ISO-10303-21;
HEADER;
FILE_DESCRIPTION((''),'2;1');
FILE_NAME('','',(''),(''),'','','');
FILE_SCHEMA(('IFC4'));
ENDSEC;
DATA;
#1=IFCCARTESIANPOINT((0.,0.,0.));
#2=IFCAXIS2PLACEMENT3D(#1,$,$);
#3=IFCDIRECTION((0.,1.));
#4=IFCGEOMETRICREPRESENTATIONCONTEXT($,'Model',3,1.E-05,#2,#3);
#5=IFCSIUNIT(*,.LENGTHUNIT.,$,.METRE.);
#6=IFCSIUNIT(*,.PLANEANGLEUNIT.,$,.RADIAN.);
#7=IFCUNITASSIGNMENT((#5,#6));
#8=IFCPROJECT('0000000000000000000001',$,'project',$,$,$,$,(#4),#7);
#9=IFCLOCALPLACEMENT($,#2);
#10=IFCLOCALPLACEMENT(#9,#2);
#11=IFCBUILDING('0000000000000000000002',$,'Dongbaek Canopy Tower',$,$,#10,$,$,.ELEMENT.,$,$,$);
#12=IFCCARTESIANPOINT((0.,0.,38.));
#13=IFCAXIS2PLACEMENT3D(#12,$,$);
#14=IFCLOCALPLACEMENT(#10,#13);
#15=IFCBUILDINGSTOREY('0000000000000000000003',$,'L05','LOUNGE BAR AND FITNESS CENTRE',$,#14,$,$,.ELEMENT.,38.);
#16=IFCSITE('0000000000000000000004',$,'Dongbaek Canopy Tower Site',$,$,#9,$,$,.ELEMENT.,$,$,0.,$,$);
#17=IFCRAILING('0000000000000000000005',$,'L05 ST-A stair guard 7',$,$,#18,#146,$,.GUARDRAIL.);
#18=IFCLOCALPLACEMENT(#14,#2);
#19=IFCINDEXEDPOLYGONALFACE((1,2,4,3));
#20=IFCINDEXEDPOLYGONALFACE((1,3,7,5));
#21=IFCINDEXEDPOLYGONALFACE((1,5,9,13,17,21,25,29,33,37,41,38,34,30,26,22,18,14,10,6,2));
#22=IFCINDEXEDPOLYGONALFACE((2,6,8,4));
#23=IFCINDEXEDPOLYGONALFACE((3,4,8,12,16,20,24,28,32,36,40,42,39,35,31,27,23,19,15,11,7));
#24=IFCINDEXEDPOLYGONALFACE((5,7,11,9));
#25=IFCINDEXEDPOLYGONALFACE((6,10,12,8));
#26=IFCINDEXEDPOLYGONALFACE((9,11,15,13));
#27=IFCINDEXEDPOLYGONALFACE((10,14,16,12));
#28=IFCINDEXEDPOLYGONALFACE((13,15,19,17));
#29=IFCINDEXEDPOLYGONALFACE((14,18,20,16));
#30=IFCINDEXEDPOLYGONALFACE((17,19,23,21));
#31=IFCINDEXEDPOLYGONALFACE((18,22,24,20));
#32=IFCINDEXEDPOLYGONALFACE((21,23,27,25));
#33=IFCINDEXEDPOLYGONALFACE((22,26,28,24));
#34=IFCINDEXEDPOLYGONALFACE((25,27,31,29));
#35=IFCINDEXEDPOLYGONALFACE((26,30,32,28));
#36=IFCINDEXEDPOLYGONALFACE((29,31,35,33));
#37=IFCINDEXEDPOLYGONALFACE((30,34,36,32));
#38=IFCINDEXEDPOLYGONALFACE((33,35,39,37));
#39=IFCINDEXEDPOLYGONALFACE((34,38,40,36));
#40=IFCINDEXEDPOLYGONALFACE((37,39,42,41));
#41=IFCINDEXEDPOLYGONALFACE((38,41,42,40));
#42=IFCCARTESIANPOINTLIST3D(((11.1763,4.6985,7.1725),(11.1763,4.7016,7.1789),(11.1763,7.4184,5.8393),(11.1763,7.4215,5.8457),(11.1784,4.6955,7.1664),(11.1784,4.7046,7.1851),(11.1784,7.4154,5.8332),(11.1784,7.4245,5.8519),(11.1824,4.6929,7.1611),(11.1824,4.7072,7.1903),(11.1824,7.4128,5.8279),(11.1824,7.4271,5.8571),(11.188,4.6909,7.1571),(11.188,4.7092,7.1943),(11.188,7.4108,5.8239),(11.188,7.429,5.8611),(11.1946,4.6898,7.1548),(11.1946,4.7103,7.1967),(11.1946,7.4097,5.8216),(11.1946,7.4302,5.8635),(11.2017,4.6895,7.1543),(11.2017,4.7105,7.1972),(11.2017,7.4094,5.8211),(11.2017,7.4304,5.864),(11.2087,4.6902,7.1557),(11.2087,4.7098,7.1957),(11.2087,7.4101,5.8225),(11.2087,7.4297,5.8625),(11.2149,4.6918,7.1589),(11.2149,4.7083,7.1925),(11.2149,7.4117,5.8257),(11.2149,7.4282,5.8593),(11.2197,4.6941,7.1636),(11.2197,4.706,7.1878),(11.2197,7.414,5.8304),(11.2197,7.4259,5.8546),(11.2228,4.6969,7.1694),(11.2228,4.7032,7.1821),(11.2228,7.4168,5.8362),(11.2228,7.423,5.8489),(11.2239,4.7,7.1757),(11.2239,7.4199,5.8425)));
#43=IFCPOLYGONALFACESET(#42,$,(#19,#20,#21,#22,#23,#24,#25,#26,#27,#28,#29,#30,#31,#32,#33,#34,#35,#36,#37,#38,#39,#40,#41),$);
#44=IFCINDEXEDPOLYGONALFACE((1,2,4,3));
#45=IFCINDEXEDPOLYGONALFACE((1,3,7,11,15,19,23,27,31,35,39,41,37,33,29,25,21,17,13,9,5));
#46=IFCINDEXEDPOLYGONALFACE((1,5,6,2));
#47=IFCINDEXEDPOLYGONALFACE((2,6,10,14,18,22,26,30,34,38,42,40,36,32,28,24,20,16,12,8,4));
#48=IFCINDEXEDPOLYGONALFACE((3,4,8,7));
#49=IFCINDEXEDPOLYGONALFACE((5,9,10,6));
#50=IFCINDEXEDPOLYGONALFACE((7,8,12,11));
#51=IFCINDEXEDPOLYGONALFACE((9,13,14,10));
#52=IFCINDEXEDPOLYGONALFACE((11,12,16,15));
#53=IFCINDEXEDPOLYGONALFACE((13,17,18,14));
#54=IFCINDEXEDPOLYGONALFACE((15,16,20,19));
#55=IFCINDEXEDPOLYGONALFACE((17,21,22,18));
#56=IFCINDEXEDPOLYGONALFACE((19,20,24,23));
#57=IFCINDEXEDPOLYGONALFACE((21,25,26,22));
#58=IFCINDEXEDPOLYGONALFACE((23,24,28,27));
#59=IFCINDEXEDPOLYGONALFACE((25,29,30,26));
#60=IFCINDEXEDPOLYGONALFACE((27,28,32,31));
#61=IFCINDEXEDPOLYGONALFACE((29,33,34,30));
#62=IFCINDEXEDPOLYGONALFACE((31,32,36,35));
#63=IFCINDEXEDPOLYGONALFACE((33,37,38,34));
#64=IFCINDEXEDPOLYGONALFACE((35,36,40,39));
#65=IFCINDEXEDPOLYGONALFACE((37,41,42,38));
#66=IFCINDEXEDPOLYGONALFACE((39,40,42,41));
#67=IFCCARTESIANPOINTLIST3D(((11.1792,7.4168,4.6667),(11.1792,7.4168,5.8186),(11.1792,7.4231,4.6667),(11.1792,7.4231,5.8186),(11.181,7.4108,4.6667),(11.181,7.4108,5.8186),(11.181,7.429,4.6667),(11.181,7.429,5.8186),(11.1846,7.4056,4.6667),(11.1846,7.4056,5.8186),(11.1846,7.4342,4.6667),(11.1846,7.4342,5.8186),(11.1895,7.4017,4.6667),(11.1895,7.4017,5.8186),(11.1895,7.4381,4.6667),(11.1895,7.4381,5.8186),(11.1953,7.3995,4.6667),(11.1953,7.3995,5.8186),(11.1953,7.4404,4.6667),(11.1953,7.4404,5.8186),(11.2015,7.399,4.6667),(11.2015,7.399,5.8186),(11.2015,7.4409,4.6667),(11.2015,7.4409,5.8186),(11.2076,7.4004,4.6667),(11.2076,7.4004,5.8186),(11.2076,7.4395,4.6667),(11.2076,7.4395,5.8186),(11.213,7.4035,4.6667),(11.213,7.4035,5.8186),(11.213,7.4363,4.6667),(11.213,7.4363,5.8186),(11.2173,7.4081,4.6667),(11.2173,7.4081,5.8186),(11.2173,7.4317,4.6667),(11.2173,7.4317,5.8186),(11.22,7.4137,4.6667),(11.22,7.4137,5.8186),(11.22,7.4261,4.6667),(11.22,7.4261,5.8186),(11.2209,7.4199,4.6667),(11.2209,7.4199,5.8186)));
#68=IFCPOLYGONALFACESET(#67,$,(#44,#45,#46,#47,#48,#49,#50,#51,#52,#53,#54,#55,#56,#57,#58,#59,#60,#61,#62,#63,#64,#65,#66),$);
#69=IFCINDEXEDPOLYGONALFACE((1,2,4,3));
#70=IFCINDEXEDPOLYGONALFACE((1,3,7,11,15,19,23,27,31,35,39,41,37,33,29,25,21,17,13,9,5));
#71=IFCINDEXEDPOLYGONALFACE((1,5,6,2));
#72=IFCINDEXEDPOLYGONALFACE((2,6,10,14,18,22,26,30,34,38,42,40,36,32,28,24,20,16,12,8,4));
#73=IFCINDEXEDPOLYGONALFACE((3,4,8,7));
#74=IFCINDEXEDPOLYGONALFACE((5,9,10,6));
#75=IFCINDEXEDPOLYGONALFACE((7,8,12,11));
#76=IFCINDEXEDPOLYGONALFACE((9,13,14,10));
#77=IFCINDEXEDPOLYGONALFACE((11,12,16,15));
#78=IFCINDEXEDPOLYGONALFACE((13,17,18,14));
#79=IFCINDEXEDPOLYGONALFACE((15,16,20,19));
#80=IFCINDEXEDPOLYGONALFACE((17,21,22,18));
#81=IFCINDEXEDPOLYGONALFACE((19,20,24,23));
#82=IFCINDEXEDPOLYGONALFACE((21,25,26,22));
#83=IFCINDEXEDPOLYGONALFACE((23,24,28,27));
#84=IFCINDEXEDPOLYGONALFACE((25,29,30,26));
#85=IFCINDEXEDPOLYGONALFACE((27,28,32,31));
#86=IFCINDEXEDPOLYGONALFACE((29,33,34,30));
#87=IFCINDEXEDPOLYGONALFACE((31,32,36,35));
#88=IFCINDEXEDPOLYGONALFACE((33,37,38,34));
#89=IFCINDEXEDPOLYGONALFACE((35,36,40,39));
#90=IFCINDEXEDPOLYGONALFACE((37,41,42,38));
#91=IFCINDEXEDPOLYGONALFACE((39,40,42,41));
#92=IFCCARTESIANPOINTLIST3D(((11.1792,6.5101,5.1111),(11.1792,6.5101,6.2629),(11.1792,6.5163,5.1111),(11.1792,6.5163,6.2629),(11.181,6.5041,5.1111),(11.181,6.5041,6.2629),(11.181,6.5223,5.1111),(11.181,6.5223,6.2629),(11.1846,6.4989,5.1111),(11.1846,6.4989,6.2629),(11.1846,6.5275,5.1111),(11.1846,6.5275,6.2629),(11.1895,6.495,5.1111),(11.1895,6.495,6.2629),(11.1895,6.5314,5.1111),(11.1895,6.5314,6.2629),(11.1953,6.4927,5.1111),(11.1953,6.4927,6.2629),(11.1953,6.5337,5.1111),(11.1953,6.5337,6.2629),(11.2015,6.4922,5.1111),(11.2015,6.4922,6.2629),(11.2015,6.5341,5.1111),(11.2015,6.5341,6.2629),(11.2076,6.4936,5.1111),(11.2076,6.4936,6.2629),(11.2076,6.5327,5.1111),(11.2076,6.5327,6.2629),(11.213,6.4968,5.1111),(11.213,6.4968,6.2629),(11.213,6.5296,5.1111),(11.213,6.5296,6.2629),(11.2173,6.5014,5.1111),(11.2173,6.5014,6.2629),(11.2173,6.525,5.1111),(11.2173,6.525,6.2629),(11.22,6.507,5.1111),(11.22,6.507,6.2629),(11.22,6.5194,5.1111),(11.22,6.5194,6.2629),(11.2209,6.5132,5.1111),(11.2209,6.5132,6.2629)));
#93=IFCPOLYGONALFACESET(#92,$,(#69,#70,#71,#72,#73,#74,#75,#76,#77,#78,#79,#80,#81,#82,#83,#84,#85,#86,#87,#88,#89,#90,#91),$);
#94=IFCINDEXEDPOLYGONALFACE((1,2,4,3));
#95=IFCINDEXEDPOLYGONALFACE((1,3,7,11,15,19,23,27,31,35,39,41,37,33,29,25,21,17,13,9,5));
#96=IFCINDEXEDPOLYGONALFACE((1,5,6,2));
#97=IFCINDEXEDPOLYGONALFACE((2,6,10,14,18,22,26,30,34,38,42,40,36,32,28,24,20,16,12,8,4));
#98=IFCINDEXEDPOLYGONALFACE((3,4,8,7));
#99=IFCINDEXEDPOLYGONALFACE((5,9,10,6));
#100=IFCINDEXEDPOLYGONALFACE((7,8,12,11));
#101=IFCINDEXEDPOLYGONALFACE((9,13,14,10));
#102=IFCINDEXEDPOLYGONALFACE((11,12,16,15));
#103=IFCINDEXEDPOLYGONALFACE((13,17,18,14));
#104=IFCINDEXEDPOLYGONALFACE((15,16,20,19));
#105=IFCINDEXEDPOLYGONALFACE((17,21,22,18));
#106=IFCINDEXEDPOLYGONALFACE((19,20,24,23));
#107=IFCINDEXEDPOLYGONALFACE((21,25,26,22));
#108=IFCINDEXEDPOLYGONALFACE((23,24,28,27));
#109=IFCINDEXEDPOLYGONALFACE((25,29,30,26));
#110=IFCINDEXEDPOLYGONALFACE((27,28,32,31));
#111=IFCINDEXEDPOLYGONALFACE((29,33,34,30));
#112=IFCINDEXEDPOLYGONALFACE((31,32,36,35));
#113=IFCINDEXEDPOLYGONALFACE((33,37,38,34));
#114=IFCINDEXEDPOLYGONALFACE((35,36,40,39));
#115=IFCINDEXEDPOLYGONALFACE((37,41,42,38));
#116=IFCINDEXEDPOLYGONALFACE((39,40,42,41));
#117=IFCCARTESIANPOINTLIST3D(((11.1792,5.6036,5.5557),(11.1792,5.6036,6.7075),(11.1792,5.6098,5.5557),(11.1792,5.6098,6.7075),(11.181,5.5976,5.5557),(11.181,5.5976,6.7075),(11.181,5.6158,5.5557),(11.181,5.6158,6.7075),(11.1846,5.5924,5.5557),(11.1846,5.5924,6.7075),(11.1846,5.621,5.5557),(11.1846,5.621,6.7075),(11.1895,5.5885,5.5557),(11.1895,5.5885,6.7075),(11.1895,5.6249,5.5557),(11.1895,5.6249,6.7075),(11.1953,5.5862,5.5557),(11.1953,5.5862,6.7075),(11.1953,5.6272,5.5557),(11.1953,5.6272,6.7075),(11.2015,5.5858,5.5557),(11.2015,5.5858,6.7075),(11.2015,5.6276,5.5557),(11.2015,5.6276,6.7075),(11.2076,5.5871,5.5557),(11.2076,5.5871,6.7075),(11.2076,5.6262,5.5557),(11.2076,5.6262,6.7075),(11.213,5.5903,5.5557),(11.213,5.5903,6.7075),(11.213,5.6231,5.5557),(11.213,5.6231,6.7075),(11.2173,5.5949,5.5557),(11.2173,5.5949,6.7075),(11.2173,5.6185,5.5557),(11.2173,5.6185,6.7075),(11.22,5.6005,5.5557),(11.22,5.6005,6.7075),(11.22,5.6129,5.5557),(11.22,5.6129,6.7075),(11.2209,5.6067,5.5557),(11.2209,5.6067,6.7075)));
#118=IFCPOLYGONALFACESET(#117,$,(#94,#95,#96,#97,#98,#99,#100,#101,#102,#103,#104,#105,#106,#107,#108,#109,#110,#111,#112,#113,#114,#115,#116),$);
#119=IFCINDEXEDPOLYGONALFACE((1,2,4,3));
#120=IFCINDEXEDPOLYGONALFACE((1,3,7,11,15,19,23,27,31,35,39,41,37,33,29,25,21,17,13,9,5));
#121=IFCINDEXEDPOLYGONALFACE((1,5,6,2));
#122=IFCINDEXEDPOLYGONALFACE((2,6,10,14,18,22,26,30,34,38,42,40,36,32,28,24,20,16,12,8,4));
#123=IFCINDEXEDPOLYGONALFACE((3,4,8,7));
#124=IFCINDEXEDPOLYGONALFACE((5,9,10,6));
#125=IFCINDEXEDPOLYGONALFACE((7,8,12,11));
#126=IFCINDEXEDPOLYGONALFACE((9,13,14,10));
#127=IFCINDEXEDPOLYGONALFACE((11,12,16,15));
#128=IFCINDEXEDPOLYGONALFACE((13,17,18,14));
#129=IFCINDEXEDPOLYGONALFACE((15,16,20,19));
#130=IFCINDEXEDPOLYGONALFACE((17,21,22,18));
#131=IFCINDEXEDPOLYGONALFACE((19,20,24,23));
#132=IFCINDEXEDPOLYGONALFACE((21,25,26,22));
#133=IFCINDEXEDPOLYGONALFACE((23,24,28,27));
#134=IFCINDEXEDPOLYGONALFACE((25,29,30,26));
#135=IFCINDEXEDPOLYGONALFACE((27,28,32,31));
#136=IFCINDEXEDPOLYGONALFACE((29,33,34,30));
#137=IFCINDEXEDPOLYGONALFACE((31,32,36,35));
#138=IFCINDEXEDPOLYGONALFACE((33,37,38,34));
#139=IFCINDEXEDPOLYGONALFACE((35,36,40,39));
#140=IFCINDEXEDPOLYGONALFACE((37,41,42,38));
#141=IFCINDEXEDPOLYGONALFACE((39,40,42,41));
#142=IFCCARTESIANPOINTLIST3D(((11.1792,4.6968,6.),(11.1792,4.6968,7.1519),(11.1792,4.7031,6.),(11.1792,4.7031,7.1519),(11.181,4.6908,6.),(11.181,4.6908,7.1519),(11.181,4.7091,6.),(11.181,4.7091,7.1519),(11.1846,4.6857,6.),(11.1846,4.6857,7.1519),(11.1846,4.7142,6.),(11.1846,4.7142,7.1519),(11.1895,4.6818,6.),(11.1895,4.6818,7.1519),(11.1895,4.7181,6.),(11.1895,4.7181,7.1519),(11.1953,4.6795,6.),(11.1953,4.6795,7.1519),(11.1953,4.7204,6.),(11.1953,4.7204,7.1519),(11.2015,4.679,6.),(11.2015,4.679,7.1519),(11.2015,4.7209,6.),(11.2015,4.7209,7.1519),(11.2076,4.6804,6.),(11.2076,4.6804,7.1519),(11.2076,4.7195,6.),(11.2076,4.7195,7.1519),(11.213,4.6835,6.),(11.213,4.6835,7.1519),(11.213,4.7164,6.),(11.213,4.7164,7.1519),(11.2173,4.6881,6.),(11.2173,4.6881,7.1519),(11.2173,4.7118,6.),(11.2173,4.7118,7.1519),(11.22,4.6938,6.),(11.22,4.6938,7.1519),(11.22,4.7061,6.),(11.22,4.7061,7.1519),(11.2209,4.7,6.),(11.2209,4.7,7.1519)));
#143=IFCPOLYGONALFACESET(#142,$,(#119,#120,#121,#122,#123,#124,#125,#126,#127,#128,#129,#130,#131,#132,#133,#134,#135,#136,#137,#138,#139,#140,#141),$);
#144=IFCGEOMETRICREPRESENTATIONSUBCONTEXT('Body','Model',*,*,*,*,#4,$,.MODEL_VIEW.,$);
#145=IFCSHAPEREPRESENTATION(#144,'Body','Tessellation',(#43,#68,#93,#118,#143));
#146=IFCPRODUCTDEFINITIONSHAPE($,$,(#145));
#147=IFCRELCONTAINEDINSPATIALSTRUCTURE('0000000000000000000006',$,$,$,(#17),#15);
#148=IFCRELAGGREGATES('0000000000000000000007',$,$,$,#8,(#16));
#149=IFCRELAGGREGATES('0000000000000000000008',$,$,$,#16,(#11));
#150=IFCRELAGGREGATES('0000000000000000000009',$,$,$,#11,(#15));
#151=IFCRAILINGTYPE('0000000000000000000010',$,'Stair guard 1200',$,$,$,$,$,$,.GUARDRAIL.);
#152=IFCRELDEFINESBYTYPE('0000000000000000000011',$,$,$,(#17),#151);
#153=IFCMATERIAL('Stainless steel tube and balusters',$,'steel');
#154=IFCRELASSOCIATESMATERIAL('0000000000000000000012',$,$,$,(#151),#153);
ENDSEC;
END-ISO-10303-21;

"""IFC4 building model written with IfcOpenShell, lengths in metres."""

from ifc_helpers import new_model, si_unit, direction, frame, origin, origin_2d, place, context, subcontext, project, spatial, circle, extrude, material, type_object, element, save


model = new_model("IFC4")

# Units and contexts
model_context = context("Model", 3, precision=1e-05, world=origin(), true_north=direction((0.0, 1.0)))
body_context = subcontext(model_context, "Body", "Model", "MODEL_VIEW")
ifc_project = project(units=[si_unit("LENGTHUNIT", "METRE"), si_unit("PLANEANGLEUNIT", "RADIAN")], contexts=[model_context])

# Site, building, storey
site_placement = place(None, origin())
site = spatial("IfcSite", under=ifc_project, at=site_placement, Name="Dongbaek Canopy Tower Site", CompositionType="ELEMENT", RefElevation=0.0)
building_placement = place(site_placement, origin())
building = spatial("IfcBuilding", under=site, at=building_placement, Name="Dongbaek Canopy Tower", CompositionType="ELEMENT")
storey_placement = place(building_placement, frame((0.0, 0.0, 38.0)))
storey = spatial("IfcBuildingStorey", under=building, at=storey_placement, Name="L05", Description="LOUNGE BAR AND FITNESS CENTRE", CompositionType="ELEMENT", Elevation=38.0)

# Railing
ifc_material_1 = material(Name="Stainless steel tube and balusters", Category="steel")
railing_type_1 = type_object("IfcRailingType", Name="Stair guard 1200", PredefinedType="GUARDRAIL", material=ifc_material_1)
railing_1_placement = place(storey_placement, frame((11.2, 7.4199, 4.6667)))
element("IfcRailing", 1, at=railing_1_placement, inside=storey, type_object=railing_type_1, Name="L05 ST-A stair guard 7", PredefinedType="GUARDRAIL", context=body_context, shape_type="SweptSolid", body=[
    extrude(circle(Radius=0.0239, at=origin_2d()), frame((0.0, 0.0, 1.1758), z_axis=(0.0, -0.897929, 0.440139), x_axis=(1.0, 0.0, 0.0)), (0.0, 0.0, 1.0), 3.0291),
    extrude(circle(Radius=0.021, at=origin_2d()), origin(), (0.0, 0.0, 1.0), 1.1519),
    extrude(circle(Radius=0.021, at=origin_2d()), frame((0.0, -0.9067, 0.4443)), (0.0, 0.0, 1.0), 1.1519),
    extrude(circle(Radius=0.021, at=origin_2d()), frame((0.0, -1.8132, 0.8889)), (0.0, 0.0, 1.0), 1.1519),
    extrude(circle(Radius=0.021, at=origin_2d()), frame((0.0, -2.72, 1.3333)), (0.0, 0.0, 1.0), 1.1519),
])

save(model, "model.ifc")
